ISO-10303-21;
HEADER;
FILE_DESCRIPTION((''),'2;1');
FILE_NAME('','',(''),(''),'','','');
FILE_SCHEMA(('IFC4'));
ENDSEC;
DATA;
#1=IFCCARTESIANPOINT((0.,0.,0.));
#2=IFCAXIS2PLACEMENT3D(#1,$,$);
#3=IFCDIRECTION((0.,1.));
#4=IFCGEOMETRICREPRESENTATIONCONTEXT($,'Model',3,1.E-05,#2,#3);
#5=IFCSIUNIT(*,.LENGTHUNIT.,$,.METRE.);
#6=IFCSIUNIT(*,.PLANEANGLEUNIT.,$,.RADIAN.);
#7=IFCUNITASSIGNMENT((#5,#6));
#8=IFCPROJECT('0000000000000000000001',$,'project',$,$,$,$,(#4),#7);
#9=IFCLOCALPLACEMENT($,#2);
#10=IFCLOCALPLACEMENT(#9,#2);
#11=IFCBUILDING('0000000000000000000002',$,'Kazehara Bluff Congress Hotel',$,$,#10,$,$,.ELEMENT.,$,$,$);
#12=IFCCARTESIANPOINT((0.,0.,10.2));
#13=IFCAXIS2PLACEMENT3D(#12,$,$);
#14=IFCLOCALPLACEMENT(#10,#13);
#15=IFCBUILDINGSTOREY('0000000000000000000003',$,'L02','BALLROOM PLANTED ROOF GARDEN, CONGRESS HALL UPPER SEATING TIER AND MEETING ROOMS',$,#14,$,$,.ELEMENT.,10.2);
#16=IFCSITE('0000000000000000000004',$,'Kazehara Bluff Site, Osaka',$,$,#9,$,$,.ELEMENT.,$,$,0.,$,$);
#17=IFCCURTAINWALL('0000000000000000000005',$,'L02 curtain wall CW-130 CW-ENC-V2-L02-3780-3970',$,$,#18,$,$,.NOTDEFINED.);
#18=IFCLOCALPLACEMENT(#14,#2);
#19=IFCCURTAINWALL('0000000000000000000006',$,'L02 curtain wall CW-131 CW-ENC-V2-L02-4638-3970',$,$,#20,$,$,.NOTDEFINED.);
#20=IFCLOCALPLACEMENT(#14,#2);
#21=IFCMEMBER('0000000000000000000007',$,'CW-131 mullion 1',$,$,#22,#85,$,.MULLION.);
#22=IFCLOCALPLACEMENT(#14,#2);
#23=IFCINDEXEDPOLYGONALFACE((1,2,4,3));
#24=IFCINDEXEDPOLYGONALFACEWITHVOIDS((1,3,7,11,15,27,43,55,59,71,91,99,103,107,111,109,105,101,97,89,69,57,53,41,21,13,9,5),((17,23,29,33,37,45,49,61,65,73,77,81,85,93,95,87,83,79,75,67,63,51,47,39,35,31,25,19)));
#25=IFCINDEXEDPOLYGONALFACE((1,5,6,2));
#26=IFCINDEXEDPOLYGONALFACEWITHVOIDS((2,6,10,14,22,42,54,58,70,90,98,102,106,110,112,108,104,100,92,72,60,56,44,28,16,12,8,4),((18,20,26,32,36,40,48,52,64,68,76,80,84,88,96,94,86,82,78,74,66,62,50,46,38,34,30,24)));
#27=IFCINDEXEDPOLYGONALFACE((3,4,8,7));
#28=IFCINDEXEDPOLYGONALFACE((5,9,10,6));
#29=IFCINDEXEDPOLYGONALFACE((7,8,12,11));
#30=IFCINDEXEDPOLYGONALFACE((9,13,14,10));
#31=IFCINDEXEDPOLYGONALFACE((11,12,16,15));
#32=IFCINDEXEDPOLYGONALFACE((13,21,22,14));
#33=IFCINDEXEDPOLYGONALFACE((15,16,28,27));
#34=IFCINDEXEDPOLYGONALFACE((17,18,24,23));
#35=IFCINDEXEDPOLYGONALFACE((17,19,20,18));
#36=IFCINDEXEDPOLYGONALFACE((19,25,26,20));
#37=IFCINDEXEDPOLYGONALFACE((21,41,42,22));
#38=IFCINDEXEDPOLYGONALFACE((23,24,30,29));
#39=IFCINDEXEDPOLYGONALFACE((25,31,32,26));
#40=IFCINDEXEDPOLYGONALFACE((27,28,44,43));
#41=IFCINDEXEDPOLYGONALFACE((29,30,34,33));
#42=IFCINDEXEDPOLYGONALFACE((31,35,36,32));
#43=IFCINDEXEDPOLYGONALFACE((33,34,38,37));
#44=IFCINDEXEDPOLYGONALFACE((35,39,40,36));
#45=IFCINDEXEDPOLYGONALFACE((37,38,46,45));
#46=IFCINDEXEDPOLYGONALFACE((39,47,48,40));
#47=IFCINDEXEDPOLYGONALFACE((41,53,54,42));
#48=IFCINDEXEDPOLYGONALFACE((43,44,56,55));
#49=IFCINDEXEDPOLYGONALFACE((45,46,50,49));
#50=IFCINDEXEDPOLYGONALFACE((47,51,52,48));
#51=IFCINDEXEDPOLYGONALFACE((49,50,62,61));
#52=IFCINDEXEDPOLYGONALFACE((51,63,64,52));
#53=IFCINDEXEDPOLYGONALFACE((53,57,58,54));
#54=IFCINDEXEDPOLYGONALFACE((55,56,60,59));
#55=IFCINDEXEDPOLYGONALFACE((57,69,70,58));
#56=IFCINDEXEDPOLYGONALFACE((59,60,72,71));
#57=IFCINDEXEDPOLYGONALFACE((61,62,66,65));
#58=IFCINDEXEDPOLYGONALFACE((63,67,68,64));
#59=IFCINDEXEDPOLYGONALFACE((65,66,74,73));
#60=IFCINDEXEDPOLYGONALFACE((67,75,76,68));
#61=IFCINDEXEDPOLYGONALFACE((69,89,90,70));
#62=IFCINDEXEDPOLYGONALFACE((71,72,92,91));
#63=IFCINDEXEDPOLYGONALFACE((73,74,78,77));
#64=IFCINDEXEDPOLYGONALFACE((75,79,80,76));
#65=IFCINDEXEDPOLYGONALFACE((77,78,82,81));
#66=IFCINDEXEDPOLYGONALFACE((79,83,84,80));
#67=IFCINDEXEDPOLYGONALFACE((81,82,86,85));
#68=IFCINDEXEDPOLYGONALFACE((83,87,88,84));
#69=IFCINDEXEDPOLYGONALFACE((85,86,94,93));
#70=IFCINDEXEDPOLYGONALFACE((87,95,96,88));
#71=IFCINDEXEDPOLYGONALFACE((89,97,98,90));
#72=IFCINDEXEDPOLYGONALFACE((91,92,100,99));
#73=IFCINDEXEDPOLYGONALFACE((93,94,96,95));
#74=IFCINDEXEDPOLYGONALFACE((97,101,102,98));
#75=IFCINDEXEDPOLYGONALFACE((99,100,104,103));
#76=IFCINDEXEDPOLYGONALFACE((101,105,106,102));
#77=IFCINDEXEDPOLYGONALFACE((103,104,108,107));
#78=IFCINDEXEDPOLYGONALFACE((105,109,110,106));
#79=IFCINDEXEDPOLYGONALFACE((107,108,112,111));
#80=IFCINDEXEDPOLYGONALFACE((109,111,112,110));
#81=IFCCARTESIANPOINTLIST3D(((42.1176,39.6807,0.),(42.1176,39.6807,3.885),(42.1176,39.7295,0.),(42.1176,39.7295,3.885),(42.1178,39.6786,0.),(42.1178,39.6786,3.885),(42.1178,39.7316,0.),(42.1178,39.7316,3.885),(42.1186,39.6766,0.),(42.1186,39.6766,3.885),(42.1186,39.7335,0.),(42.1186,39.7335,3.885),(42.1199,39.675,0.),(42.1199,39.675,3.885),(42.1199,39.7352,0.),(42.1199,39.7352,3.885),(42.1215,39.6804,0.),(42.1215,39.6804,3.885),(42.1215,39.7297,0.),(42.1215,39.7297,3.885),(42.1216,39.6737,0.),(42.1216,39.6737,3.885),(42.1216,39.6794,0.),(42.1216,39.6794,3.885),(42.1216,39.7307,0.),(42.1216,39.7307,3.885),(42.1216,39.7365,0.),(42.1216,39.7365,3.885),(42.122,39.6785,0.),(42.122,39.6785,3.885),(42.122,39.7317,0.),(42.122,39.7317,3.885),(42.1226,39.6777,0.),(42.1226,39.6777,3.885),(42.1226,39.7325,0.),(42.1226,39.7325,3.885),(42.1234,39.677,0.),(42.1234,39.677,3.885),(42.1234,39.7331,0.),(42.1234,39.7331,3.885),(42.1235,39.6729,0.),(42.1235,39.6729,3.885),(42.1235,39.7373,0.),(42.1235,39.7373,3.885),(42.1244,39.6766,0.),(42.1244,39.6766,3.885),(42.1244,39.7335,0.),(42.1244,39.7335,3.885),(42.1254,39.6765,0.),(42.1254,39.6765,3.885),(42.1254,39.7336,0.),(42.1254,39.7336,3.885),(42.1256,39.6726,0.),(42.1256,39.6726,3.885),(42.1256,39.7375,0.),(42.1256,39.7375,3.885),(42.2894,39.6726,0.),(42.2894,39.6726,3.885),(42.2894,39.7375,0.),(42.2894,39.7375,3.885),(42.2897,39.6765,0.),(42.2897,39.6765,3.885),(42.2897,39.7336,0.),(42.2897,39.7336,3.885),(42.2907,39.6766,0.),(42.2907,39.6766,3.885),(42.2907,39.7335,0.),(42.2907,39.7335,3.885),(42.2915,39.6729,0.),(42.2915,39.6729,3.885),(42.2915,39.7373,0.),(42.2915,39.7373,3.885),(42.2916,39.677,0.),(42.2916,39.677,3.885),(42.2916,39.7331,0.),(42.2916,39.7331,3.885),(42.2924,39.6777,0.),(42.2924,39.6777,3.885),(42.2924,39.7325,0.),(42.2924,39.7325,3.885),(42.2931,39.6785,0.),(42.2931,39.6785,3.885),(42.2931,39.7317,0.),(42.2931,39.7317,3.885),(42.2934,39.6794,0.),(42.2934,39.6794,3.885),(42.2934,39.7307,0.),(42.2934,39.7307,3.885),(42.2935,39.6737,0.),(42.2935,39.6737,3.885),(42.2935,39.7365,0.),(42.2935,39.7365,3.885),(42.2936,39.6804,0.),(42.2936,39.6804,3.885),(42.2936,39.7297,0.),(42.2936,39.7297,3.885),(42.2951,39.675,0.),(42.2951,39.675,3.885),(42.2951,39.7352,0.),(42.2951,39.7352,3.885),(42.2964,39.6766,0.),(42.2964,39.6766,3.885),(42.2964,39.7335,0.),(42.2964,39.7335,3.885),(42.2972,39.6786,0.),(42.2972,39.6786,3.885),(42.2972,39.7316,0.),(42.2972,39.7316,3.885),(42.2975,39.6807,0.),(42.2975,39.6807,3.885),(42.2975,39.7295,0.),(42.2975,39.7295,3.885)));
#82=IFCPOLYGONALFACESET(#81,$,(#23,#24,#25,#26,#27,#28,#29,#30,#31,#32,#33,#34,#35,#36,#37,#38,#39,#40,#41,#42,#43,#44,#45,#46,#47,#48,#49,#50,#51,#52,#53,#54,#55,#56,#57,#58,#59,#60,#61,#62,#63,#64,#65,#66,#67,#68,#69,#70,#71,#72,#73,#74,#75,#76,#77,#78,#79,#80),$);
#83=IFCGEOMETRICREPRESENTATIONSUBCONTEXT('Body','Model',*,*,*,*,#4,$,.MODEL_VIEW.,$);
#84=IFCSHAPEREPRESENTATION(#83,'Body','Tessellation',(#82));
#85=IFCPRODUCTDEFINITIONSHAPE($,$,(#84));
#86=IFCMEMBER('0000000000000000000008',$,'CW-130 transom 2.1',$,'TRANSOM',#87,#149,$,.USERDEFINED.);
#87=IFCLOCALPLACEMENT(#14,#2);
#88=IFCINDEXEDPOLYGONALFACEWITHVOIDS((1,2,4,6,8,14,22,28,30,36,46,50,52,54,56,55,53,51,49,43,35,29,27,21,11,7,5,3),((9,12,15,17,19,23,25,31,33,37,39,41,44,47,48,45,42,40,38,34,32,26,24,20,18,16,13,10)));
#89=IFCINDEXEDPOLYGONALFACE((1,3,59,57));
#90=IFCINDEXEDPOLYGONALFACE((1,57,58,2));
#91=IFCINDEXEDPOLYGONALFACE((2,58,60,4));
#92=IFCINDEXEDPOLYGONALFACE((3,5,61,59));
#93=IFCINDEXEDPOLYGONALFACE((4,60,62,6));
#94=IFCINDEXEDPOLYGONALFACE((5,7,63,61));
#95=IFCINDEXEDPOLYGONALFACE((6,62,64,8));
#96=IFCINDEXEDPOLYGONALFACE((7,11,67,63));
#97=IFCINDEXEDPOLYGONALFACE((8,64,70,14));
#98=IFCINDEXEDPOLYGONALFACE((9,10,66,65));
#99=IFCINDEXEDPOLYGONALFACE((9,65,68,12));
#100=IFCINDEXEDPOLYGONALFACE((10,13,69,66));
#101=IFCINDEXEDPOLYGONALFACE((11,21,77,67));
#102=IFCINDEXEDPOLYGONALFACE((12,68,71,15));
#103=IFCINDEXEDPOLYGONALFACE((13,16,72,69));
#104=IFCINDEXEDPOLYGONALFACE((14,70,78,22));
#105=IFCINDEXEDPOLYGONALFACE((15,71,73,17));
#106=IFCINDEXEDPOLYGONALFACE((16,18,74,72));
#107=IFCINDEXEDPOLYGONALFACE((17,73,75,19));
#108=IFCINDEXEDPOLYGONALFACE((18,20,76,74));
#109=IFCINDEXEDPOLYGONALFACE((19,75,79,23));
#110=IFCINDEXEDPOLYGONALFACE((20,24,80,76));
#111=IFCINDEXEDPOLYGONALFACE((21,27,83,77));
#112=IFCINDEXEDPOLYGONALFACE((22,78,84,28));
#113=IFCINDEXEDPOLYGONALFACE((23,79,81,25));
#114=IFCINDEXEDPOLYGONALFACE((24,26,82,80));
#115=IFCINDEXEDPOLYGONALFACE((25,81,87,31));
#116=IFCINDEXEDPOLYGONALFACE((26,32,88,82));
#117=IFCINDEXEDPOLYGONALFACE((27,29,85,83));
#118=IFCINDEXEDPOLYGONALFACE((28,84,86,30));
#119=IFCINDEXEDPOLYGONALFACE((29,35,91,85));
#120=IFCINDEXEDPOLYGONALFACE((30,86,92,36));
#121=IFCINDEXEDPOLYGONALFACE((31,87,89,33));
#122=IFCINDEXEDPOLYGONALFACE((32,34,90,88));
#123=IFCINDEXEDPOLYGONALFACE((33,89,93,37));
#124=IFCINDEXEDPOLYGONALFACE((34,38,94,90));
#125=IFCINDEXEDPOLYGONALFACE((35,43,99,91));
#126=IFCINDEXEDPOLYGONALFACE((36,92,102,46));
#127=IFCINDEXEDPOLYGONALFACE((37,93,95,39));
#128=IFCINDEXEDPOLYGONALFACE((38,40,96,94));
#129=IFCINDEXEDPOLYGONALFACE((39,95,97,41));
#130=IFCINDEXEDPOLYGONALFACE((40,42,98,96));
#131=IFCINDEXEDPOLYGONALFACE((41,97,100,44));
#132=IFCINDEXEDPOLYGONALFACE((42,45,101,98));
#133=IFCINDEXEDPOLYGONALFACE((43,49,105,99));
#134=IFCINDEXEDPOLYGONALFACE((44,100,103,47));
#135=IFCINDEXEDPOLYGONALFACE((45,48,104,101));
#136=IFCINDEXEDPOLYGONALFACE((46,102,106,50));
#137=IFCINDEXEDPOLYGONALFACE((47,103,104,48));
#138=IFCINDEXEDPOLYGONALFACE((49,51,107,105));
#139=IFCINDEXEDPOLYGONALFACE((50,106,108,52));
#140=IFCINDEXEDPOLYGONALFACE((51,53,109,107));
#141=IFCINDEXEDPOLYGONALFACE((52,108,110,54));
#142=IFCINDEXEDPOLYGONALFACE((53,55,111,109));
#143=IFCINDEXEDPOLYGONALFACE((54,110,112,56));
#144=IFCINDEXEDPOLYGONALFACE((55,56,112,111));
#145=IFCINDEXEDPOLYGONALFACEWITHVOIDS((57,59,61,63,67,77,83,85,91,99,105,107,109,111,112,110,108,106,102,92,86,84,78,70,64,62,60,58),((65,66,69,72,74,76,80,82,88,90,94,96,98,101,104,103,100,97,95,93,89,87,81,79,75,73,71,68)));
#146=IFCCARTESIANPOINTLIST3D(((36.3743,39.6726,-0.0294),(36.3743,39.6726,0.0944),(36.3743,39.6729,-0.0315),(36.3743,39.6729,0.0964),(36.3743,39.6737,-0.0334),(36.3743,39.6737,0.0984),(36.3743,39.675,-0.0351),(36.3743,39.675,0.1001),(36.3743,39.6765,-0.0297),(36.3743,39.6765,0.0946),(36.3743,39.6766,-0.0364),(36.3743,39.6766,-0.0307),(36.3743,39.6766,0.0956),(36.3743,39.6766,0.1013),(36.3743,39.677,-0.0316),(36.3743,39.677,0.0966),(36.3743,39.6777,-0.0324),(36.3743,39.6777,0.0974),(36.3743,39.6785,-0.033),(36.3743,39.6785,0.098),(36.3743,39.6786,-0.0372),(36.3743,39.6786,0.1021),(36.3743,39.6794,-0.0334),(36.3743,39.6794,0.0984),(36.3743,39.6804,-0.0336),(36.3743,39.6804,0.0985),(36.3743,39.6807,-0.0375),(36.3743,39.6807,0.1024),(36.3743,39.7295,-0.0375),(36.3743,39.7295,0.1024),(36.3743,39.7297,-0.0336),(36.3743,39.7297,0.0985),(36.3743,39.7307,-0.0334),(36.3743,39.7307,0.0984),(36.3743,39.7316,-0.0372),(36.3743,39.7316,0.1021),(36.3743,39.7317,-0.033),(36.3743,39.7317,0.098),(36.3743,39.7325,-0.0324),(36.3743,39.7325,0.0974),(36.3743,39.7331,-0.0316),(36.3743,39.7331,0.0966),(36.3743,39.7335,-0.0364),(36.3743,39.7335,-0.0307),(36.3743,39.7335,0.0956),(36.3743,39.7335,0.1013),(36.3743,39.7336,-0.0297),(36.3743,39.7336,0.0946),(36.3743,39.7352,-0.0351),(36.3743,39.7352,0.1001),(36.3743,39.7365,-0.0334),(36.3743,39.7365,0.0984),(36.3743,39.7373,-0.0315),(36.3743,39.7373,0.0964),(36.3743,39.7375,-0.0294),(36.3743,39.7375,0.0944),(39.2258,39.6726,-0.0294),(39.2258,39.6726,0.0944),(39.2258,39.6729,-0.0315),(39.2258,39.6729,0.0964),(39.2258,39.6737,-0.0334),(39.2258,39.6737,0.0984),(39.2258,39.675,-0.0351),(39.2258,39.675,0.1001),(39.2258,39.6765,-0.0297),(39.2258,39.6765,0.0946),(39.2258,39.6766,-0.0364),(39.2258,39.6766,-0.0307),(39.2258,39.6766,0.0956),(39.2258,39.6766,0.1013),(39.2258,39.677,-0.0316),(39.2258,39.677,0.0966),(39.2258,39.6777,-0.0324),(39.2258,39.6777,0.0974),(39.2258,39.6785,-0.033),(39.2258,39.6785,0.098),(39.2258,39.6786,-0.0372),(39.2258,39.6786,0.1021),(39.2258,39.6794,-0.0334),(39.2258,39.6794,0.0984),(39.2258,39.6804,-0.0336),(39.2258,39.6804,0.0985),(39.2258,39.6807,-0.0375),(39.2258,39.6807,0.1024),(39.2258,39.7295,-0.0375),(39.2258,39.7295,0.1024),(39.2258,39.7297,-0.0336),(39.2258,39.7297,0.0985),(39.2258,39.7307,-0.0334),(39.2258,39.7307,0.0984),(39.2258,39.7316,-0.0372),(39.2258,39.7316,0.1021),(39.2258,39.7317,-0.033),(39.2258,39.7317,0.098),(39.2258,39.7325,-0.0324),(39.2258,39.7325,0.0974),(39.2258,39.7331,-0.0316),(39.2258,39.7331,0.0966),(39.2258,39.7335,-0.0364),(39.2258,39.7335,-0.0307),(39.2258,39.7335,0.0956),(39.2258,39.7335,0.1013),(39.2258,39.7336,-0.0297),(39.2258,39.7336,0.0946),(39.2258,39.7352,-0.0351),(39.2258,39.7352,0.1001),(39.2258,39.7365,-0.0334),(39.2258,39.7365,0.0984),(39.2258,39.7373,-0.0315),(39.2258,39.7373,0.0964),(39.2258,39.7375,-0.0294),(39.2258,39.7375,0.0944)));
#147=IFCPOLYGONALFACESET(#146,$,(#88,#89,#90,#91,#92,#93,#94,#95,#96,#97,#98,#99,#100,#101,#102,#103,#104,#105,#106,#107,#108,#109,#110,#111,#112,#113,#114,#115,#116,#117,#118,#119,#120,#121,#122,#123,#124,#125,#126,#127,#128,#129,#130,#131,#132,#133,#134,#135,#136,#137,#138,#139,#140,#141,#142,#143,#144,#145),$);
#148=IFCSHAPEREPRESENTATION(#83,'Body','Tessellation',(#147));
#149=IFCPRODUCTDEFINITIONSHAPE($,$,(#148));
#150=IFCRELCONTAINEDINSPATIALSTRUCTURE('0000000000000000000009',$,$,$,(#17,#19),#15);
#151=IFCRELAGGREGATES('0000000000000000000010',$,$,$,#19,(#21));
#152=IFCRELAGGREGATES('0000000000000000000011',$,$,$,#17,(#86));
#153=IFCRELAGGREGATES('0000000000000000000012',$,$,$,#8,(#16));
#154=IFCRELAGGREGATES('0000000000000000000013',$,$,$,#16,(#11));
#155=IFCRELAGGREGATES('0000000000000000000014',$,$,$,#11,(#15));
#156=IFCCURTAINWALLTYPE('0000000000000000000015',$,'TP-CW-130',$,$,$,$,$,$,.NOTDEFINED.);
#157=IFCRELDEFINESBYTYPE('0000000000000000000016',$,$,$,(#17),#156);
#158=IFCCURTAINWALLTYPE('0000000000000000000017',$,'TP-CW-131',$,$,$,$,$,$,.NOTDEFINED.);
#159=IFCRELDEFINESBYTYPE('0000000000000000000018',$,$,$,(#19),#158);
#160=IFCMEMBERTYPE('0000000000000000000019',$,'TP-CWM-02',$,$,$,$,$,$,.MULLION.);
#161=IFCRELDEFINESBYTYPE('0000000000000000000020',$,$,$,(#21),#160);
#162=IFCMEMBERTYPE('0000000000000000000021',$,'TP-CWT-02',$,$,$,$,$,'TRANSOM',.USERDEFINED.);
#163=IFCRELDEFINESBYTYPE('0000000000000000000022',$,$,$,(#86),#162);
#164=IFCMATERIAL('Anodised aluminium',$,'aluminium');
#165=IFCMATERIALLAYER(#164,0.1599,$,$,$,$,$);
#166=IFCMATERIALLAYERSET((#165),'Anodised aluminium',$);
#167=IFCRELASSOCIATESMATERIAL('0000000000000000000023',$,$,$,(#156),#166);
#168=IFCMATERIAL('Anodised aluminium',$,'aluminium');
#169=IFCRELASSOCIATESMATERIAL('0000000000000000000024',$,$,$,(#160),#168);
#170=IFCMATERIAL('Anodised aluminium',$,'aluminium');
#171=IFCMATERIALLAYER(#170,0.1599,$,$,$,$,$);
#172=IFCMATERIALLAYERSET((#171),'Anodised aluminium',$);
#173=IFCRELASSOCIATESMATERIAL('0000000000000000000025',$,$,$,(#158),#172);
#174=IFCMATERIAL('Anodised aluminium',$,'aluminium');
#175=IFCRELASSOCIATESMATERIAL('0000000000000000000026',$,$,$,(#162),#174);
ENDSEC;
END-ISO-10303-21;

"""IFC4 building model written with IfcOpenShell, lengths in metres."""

from ifc_helpers import new_model, si_unit, direction, frame, origin, origin_2d, place, context, subcontext, project, spatial, hollow_rectangle, extrude, material, layer, layer_set, material_profile, profile_set, type_object, element, aggregate, save


model = new_model("IFC4")

# Units and contexts
model_context = context("Model", 3, precision=1e-05, world=origin(), true_north=direction((0.0, 1.0)))
body_context = subcontext(model_context, "Body", "Model", "MODEL_VIEW")
ifc_project = project(units=[si_unit("LENGTHUNIT", "METRE"), si_unit("PLANEANGLEUNIT", "RADIAN")], contexts=[model_context])

# Site, building, storey
site_placement = place(None, origin())
site = spatial("IfcSite", under=ifc_project, at=site_placement, Name="Kazehara Bluff Site, Osaka", CompositionType="ELEMENT", RefElevation=0.0)
building_placement = place(site_placement, origin())
building = spatial("IfcBuilding", under=site, at=building_placement, Name="Kazehara Bluff Congress Hotel", CompositionType="ELEMENT")
storey_placement = place(building_placement, frame((0.0, 0.0, 10.2)))
storey = spatial("IfcBuildingStorey", under=building, at=storey_placement, Name="L02", Description="BALLROOM PLANTED ROOF GARDEN, CONGRESS HALL UPPER SEATING TIER AND MEETING ROOMS", CompositionType="ELEMENT", Elevation=10.2)

# Curtain wall
ifc_material_1 = material(Name="Anodised aluminium", Category="aluminium")
ifc_layer_1 = layer(ifc_material_1, 0.1599)
ifc_layer_set_1 = layer_set([ifc_layer_1], Name="Anodised aluminium")
curtain_wall_type_1 = type_object("IfcCurtainWallType", Name="TP-CW-130", PredefinedType="NOTDEFINED", material=ifc_layer_set_1)
curtain_wall_1_placement = place(storey_placement, origin())
curtain_wall_1 = element("IfcCurtainWall", 1, at=curtain_wall_1_placement, inside=storey, type_object=curtain_wall_type_1, Name="L02 curtain wall CW-130 CW-ENC-V2-L02-3780-3970", PredefinedType="NOTDEFINED")
ifc_material_2 = material(Name="Anodised aluminium", Category="aluminium")
ifc_material_profile_1 = material_profile(ifc_material_2, hollow_rectangle(XDim=0.0649, YDim=0.1799, WallThickness=0.0039, InnerFilletRadius=0.0039, OuterFilletRadius=0.0081, at=origin_2d()))
ifc_profile_set_1 = profile_set([ifc_material_profile_1], Name="Anodised aluminium")
member_type_1 = type_object("IfcMemberType", Name="TP-CWM-02", PredefinedType="MULLION", material=ifc_profile_set_1)

# Curtain wall, member
ifc_material_3 = material(Name="Anodised aluminium", Category="aluminium")
ifc_layer_2 = layer(ifc_material_3, 0.1599)
ifc_layer_set_2 = layer_set([ifc_layer_2], Name="Anodised aluminium")
curtain_wall_type_2 = type_object("IfcCurtainWallType", Name="TP-CW-131", PredefinedType="NOTDEFINED", material=ifc_layer_set_2)
curtain_wall_2_placement = place(storey_placement, origin())
curtain_wall_2 = element("IfcCurtainWall", 2, at=curtain_wall_2_placement, inside=storey, type_object=curtain_wall_type_2, Name="L02 curtain wall CW-131 CW-ENC-V2-L02-4638-3970", PredefinedType="NOTDEFINED")
member_1_placement = place(storey_placement, frame((42.2075, 39.7051, 0.0), z_axis=(0.0, 0.0, 1.0), x_axis=(0.0, 1.0, 0.0)))
member_1 = element("IfcMember", 3, at=member_1_placement, type_object=member_type_1, Name="CW-131 mullion 1", PredefinedType="MULLION", context=body_context, shape_type="SweptSolid", body=[
    extrude(hollow_rectangle(XDim=0.0649, YDim=0.1799, WallThickness=0.0039, InnerFilletRadius=0.0039, OuterFilletRadius=0.0081, at=origin_2d()), origin(), (0.0, 0.0, 1.0), 3.885),
])

# Member
ifc_material_4 = material(Name="Anodised aluminium", Category="aluminium")
ifc_material_profile_2 = material_profile(ifc_material_4, hollow_rectangle(XDim=0.0649, YDim=0.1399, WallThickness=0.0039, InnerFilletRadius=0.0039, OuterFilletRadius=0.0081, at=origin_2d()))
ifc_profile_set_2 = profile_set([ifc_material_profile_2], Name="Anodised aluminium")
member_type_2 = type_object("IfcMemberType", Name="TP-CWT-02", ElementType="TRANSOM", PredefinedType="USERDEFINED", material=ifc_profile_set_2)
member_2_placement = place(storey_placement, frame((36.3743, 39.7051, 0.0325), z_axis=(1.0, 0.0, 0.0), x_axis=(0.0, 1.0, 0.0)))
member_2 = element("IfcMember", 4, at=member_2_placement, type_object=member_type_2, Name="CW-130 transom 2.1", ObjectType="TRANSOM", PredefinedType="USERDEFINED", context=body_context, shape_type="SweptSolid", body=[
    extrude(hollow_rectangle(XDim=0.0649, YDim=0.1399, WallThickness=0.0039, InnerFilletRadius=0.0039, OuterFilletRadius=0.0081, at=origin_2d()), origin(), (0.0, 0.0, 1.0), 2.8516),
])
aggregate(curtain_wall_2, [member_1])

aggregate(curtain_wall_1, [member_2])

save(model, "model.ifc")
